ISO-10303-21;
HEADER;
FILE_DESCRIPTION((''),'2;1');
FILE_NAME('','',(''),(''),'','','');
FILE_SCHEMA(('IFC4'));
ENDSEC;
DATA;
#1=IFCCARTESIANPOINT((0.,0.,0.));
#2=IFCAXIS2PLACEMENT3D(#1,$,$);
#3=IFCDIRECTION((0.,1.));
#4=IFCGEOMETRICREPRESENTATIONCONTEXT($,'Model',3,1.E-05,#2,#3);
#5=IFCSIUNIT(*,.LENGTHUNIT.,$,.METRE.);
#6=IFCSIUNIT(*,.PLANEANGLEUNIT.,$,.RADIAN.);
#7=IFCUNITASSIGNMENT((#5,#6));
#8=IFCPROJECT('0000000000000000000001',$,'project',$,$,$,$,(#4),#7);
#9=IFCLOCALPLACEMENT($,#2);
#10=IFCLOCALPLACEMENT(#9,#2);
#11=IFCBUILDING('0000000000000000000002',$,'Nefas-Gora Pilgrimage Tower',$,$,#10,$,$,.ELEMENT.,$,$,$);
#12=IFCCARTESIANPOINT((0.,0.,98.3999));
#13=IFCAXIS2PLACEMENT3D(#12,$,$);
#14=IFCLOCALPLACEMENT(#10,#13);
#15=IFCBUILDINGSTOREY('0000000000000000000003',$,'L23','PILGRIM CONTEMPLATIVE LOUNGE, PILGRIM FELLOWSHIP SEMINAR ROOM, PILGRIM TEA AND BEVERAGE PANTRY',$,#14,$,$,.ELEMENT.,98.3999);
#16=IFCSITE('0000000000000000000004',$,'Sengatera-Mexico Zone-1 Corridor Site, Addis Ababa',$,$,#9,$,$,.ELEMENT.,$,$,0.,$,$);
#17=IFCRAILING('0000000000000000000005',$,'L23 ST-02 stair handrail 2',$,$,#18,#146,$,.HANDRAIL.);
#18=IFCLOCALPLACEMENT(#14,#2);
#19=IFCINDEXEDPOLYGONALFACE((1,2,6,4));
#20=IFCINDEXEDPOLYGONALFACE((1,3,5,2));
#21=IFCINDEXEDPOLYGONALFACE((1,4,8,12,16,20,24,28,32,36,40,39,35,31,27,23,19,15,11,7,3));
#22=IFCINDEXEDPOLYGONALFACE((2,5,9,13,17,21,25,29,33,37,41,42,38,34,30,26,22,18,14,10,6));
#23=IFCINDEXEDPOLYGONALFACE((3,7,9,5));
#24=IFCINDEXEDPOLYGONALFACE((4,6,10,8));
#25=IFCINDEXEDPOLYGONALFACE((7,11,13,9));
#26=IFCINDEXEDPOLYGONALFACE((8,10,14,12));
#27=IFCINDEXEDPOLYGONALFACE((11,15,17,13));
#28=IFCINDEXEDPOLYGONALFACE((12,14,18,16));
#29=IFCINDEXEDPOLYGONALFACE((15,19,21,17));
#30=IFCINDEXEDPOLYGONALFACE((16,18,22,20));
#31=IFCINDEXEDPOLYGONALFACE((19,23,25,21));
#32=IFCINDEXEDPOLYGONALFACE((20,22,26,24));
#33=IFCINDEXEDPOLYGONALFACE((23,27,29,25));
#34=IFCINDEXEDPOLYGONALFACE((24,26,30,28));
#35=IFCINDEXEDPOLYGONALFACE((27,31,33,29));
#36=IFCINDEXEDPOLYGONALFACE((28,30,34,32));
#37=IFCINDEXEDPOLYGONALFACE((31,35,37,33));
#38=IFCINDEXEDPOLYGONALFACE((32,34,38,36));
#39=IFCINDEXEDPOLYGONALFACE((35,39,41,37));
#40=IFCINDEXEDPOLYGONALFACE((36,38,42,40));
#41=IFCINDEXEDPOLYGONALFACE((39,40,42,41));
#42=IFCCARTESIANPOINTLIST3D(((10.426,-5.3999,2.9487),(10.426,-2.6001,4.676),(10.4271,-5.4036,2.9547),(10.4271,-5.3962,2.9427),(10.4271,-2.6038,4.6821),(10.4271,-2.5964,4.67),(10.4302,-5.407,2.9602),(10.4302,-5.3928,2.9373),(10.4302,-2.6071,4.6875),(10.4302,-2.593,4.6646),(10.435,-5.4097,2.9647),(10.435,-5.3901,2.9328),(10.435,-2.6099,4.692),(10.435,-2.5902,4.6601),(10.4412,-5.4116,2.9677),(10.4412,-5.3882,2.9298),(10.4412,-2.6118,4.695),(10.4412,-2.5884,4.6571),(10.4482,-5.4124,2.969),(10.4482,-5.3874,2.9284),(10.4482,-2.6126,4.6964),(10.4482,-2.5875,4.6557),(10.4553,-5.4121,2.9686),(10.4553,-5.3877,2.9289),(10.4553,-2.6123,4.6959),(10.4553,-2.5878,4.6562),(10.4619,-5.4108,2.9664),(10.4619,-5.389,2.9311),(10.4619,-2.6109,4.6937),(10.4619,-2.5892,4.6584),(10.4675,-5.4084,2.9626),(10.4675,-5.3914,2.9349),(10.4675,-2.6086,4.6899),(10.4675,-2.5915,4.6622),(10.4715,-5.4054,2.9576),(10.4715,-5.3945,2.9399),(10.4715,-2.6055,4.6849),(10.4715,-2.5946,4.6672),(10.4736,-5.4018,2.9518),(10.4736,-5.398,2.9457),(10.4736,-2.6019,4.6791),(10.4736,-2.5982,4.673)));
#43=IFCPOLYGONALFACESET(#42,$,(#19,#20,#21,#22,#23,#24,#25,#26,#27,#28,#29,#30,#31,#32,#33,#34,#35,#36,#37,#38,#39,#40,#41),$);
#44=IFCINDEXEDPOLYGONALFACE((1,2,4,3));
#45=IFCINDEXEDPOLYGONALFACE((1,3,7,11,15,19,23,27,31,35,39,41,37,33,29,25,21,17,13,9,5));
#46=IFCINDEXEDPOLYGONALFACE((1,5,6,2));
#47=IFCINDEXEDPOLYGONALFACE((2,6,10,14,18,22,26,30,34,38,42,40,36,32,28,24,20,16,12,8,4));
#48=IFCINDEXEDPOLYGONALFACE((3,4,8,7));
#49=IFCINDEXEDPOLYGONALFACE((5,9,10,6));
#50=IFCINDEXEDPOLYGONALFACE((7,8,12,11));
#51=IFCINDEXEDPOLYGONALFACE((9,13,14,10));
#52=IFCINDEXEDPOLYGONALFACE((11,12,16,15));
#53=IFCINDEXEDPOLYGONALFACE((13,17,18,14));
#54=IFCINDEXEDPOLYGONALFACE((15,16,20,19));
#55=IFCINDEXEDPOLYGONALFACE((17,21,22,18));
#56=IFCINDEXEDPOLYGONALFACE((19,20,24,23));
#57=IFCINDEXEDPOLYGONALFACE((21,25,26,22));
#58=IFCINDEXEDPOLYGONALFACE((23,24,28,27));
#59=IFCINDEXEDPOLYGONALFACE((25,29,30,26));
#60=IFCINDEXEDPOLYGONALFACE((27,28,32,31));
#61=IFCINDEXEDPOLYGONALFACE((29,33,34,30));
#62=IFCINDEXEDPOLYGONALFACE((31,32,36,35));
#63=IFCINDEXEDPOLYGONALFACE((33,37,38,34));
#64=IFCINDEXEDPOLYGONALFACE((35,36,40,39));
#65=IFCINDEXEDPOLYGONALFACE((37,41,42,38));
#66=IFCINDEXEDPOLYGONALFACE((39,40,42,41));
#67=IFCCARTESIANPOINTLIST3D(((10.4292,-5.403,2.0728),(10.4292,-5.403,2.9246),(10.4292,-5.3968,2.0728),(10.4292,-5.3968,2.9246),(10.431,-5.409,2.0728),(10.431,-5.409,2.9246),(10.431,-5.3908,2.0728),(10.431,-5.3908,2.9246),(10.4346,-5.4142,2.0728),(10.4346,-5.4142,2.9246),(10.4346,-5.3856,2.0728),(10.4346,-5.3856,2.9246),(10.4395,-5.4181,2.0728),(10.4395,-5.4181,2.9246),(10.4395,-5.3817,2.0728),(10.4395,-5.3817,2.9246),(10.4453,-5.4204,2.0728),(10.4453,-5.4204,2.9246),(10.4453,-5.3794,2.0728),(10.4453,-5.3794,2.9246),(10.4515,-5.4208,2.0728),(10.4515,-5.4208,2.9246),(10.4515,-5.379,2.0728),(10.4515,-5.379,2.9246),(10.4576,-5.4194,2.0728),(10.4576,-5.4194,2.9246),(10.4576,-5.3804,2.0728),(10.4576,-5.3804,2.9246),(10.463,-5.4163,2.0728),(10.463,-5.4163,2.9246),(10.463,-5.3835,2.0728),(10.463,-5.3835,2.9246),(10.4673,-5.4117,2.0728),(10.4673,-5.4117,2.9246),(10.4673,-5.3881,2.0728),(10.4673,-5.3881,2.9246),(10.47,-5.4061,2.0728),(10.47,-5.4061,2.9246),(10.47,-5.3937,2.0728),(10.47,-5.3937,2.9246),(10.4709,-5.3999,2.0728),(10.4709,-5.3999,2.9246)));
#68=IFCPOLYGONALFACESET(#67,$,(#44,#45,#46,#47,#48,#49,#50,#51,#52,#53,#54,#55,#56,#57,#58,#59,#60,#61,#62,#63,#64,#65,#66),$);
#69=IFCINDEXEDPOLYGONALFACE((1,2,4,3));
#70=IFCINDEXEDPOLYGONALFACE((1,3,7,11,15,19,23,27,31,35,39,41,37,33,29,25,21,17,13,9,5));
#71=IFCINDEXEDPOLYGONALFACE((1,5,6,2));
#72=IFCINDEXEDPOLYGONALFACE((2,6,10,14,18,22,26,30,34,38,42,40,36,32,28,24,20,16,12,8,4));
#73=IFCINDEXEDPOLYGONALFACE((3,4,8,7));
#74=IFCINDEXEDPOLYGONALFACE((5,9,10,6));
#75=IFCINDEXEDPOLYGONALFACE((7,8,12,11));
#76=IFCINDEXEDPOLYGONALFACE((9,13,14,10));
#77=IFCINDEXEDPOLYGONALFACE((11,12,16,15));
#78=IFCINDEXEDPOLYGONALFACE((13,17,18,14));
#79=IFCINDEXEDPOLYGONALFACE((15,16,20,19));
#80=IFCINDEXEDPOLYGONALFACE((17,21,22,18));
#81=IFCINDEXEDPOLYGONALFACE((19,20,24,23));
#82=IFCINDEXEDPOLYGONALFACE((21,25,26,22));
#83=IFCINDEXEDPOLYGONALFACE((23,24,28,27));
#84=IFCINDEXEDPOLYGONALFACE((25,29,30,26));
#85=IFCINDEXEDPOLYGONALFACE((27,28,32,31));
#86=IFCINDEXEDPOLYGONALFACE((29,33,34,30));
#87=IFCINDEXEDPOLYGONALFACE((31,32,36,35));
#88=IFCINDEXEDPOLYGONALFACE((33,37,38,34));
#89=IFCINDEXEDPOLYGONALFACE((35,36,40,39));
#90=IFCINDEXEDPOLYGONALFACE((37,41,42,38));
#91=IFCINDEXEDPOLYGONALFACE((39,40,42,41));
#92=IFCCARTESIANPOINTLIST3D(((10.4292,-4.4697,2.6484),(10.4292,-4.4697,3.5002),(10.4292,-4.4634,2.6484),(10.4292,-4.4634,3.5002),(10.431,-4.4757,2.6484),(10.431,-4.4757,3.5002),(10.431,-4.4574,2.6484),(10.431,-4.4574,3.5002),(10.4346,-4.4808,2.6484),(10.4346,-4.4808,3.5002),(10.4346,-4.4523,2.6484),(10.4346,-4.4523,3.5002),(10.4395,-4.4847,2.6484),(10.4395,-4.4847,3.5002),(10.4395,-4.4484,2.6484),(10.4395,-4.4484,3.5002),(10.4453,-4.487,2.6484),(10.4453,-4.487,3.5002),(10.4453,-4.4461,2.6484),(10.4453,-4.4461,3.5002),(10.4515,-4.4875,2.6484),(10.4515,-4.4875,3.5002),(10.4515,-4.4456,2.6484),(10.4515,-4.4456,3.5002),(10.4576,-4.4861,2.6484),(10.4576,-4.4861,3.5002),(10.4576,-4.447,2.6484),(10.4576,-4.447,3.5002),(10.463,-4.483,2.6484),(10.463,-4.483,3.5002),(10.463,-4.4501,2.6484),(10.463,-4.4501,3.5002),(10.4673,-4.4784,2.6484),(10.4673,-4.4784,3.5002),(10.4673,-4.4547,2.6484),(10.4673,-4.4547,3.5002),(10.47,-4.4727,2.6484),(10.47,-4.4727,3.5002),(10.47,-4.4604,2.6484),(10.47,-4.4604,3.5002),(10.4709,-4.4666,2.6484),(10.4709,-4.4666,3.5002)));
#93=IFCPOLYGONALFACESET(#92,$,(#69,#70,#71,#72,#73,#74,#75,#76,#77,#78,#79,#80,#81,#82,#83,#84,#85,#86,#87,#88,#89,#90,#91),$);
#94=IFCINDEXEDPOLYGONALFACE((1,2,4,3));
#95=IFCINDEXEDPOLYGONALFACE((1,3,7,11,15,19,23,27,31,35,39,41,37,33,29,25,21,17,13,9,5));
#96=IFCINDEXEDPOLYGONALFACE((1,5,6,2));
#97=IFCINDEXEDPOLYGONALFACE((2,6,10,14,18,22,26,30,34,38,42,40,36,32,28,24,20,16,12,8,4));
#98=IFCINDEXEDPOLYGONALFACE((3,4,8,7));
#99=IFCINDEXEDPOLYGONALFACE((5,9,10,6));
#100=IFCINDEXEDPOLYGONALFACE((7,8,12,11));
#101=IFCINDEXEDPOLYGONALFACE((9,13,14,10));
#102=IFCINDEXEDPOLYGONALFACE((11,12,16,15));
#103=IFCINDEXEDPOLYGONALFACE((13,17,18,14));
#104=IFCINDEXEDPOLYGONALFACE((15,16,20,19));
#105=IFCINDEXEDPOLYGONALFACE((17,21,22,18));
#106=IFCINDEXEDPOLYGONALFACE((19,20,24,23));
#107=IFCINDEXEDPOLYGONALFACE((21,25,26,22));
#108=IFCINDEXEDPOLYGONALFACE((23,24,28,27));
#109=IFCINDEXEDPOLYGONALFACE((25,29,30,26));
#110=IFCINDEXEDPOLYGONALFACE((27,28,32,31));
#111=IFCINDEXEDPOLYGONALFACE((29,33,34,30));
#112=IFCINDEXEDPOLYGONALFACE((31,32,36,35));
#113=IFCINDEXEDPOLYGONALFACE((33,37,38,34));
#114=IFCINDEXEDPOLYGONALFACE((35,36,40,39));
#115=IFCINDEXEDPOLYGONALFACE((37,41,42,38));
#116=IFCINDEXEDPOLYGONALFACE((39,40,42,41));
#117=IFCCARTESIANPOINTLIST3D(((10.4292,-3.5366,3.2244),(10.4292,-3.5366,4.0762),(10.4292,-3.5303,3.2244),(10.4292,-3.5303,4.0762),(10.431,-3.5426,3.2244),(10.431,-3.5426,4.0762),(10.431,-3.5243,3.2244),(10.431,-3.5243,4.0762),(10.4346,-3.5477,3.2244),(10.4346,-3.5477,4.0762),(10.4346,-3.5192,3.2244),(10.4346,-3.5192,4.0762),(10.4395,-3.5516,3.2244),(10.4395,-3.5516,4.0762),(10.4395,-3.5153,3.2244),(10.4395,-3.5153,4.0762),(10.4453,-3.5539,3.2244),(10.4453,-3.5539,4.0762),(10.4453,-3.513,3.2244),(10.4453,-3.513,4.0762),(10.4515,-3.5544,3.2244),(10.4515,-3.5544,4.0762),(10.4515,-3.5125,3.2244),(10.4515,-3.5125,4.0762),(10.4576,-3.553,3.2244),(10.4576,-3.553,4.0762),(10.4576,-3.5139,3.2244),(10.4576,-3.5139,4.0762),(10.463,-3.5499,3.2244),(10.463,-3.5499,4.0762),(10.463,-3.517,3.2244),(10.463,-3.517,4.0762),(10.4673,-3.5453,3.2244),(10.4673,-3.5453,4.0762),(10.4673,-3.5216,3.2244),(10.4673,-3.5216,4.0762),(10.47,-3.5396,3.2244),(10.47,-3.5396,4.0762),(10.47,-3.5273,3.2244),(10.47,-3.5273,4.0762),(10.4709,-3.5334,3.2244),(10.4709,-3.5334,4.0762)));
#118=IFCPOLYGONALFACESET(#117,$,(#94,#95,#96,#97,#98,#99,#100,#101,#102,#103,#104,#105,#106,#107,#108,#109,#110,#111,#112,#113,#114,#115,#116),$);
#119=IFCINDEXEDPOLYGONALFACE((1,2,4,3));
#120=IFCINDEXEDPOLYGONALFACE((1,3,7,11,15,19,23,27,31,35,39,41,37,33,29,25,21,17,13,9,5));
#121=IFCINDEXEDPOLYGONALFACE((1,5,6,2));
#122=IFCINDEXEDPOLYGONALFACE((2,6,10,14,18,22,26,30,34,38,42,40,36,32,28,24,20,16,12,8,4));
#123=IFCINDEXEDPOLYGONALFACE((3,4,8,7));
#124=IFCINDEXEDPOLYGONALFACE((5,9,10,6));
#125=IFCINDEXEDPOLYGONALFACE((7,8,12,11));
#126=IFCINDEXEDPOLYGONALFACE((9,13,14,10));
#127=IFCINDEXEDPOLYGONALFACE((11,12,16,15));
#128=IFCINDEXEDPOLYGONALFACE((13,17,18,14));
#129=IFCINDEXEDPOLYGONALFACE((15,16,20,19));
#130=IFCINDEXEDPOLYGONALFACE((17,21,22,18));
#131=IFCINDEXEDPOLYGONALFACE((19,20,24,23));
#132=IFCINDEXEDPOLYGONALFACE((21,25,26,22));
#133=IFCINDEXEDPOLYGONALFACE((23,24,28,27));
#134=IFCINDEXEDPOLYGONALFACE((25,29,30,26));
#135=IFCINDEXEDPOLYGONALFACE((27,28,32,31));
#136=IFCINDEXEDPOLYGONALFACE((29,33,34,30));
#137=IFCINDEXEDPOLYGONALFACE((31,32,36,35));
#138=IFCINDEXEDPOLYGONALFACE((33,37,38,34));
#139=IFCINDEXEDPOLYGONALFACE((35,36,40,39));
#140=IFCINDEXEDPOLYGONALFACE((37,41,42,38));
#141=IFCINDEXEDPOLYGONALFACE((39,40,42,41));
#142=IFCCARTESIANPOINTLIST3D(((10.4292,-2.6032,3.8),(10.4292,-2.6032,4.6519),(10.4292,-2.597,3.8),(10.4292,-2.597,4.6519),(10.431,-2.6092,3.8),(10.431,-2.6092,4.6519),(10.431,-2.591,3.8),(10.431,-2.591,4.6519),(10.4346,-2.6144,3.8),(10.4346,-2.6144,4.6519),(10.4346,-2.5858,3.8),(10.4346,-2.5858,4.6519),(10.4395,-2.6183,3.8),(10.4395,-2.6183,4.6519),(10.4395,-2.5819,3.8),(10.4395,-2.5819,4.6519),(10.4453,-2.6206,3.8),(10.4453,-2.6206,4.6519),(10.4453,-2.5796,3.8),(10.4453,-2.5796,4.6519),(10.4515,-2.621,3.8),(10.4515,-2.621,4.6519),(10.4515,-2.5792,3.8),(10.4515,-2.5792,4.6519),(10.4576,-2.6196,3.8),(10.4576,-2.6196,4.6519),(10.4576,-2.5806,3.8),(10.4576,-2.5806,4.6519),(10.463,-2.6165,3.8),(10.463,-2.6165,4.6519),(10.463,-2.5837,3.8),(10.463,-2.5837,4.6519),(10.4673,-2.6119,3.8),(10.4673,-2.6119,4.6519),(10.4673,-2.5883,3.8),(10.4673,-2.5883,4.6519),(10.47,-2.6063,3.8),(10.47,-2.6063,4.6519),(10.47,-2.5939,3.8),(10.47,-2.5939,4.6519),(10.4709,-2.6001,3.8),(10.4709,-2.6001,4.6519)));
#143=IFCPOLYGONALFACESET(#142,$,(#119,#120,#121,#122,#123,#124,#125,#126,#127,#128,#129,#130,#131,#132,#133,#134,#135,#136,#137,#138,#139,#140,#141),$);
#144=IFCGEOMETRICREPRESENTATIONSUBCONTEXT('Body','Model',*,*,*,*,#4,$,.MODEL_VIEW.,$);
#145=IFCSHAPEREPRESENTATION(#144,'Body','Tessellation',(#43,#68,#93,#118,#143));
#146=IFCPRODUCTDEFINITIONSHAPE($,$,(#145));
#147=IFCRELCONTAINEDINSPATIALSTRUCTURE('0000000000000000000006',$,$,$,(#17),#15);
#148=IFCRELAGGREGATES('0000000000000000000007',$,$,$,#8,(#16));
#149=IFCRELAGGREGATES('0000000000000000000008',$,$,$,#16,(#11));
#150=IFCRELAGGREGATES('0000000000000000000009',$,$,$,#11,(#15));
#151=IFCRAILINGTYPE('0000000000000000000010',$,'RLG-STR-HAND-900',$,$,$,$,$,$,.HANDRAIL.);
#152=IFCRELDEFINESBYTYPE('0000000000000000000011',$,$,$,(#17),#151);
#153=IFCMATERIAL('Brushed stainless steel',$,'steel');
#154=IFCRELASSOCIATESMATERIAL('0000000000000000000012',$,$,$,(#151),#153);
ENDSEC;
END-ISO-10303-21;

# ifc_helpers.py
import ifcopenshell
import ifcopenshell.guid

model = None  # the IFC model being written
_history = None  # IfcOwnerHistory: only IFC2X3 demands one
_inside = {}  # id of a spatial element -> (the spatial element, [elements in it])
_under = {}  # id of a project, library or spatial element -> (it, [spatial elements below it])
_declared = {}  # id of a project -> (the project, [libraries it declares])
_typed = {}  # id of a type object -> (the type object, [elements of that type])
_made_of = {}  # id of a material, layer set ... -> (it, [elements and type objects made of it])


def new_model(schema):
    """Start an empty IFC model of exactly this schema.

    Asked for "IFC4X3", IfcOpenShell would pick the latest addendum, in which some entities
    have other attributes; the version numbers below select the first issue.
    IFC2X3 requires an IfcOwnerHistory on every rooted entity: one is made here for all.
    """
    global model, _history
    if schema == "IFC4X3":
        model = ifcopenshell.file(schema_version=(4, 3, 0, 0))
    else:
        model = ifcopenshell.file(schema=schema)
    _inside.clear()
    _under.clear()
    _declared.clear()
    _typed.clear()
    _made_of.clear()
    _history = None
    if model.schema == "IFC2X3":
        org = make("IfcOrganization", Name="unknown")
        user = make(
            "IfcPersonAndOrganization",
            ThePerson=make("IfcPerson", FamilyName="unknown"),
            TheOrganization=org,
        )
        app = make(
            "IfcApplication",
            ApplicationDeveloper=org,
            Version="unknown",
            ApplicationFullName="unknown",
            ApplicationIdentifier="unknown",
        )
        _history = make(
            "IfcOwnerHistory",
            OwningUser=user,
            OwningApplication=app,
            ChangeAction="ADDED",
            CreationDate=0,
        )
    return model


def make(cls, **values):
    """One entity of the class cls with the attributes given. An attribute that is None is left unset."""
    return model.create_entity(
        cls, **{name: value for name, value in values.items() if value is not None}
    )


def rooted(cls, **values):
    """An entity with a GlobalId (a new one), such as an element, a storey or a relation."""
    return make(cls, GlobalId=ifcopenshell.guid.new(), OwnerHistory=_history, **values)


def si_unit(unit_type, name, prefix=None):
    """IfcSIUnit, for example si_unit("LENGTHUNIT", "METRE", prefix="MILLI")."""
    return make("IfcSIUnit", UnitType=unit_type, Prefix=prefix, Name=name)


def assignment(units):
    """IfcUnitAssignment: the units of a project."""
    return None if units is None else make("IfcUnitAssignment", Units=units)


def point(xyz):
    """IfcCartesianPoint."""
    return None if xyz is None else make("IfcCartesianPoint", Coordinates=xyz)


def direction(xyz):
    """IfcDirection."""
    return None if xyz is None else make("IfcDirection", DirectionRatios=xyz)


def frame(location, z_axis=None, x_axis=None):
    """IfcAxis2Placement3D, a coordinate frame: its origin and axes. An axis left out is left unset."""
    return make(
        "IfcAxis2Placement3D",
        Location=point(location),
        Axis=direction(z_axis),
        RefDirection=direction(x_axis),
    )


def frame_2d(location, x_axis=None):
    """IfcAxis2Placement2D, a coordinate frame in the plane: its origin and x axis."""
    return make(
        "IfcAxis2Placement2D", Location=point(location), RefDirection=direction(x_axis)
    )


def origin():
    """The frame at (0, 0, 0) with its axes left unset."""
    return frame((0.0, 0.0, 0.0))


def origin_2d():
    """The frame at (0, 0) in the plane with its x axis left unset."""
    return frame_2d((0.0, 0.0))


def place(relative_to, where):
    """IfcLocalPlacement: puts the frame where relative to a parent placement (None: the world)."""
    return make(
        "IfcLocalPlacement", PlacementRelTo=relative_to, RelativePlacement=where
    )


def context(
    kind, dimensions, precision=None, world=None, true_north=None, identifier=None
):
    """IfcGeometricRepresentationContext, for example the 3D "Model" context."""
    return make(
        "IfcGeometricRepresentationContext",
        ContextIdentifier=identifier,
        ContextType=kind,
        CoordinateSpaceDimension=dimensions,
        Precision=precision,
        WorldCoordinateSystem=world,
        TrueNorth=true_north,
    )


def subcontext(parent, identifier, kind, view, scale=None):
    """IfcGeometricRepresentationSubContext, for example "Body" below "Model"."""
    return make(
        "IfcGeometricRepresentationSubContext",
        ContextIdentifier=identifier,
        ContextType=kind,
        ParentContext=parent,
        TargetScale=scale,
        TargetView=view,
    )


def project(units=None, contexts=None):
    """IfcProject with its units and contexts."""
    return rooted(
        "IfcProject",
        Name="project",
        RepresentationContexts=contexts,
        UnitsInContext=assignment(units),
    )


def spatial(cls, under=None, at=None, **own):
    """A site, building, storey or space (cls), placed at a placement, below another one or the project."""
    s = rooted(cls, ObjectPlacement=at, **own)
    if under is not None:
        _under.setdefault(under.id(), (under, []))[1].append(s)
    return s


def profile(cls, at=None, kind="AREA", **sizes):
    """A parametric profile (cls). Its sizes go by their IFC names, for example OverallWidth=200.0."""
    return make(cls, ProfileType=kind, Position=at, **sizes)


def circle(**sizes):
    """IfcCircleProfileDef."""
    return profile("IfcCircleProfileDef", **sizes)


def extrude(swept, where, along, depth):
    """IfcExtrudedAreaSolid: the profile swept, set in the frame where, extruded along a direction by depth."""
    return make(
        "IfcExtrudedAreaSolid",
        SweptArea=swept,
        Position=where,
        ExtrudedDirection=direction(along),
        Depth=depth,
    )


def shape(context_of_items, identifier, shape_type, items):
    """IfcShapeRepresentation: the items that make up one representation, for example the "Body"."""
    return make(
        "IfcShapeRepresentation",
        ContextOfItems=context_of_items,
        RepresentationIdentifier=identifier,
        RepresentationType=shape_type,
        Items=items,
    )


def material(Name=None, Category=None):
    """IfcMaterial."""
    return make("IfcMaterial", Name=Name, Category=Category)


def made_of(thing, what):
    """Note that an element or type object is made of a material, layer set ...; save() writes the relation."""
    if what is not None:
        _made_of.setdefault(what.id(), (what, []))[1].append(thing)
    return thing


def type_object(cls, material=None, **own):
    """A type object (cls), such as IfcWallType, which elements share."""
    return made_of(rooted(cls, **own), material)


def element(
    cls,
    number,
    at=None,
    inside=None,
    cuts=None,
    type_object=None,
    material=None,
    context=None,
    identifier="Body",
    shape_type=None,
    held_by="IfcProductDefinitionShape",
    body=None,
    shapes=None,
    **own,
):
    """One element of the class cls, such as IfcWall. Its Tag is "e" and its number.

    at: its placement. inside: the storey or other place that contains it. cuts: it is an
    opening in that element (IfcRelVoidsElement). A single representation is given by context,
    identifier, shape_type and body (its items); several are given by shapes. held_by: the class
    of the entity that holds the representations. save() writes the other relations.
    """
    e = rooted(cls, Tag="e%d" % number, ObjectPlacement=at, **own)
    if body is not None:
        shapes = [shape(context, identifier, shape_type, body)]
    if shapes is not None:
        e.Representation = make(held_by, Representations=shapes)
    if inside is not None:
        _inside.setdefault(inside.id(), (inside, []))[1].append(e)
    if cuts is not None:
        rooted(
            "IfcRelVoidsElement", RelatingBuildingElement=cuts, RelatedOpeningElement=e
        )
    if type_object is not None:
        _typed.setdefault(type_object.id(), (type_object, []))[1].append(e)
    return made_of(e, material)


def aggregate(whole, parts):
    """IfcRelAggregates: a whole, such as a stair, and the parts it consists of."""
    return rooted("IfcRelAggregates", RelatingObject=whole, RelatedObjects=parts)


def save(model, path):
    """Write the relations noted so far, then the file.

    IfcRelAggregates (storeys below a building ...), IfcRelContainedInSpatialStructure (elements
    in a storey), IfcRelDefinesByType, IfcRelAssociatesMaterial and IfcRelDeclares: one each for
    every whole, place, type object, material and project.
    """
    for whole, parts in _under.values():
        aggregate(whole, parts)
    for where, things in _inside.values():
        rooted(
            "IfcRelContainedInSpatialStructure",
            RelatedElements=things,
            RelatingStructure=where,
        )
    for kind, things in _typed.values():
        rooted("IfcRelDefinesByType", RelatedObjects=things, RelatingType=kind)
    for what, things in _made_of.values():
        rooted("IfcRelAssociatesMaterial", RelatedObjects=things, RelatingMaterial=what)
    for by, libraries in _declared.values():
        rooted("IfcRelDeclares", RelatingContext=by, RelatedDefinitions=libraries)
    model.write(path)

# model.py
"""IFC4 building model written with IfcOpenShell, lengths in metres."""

from ifc_helpers import new_model, si_unit, direction, frame, origin, origin_2d, place, context, subcontext, project, spatial, circle, extrude, material, type_object, element, save


model = new_model("IFC4")

# Units and contexts
model_context = context("Model", 3, precision=1e-05, world=origin(), true_north=direction((0.0, 1.0)))
body_context = subcontext(model_context, "Body", "Model", "MODEL_VIEW")
ifc_project = project(units=[si_unit("LENGTHUNIT", "METRE"), si_unit("PLANEANGLEUNIT", "RADIAN")], contexts=[model_context])

# Site, building, storey
site_placement = place(None, origin())
site = spatial("IfcSite", under=ifc_project, at=site_placement, Name="Sengatera-Mexico Zone-1 Corridor Site, Addis Ababa", CompositionType="ELEMENT", RefElevation=0.0)
building_placement = place(site_placement, origin())
building = spatial("IfcBuilding", under=site, at=building_placement, Name="Nefas-Gora Pilgrimage Tower", CompositionType="ELEMENT")
storey_placement = place(building_placement, frame((0.0, 0.0, 98.3999)))
storey = spatial("IfcBuildingStorey", under=building, at=storey_placement, Name="L23", Description="PILGRIM CONTEMPLATIVE LOUNGE, PILGRIM FELLOWSHIP SEMINAR ROOM, PILGRIM TEA AND BEVERAGE PANTRY", CompositionType="ELEMENT", Elevation=98.3999)

# Railing
ifc_material_1 = material(Name="Brushed stainless steel", Category="steel")
railing_type_1 = type_object("IfcRailingType", Name="RLG-STR-HAND-900", PredefinedType="HANDRAIL", material=ifc_material_1)
railing_1_placement = place(storey_placement, frame((10.45, -5.3999, 2.0728)))
element("IfcRailing", 1, at=railing_1_placement, inside=storey, type_object=railing_type_1, Name="L23 ST-02 stair handrail 2", PredefinedType="HANDRAIL", context=body_context, shape_type="SweptSolid", body=[
    extrude(circle(Radius=0.0239, at=origin_2d()), frame((0.0, 0.0, 0.876), z_axis=(0.0, 0.851069, 0.525054), x_axis=(-1.0, 0.0, 0.0)), (0.0, 0.0, 1.0), 3.2898),
    extrude(circle(Radius=0.021, at=origin_2d()), origin(), (0.0, 0.0, 1.0), 0.8518),
    extrude(circle(Radius=0.021, at=origin_2d()), frame((0.0, 0.9333, 0.5757)), (0.0, 0.0, 1.0), 0.8518),
    extrude(circle(Radius=0.021, at=origin_2d()), frame((0.0, 1.8665, 1.1516)), (0.0, 0.0, 1.0), 0.8518),
    extrude(circle(Radius=0.021, at=origin_2d()), frame((0.0, 2.7998, 1.7273)), (0.0, 0.0, 1.0), 0.8518),
])

save(model, "model.ifc")
